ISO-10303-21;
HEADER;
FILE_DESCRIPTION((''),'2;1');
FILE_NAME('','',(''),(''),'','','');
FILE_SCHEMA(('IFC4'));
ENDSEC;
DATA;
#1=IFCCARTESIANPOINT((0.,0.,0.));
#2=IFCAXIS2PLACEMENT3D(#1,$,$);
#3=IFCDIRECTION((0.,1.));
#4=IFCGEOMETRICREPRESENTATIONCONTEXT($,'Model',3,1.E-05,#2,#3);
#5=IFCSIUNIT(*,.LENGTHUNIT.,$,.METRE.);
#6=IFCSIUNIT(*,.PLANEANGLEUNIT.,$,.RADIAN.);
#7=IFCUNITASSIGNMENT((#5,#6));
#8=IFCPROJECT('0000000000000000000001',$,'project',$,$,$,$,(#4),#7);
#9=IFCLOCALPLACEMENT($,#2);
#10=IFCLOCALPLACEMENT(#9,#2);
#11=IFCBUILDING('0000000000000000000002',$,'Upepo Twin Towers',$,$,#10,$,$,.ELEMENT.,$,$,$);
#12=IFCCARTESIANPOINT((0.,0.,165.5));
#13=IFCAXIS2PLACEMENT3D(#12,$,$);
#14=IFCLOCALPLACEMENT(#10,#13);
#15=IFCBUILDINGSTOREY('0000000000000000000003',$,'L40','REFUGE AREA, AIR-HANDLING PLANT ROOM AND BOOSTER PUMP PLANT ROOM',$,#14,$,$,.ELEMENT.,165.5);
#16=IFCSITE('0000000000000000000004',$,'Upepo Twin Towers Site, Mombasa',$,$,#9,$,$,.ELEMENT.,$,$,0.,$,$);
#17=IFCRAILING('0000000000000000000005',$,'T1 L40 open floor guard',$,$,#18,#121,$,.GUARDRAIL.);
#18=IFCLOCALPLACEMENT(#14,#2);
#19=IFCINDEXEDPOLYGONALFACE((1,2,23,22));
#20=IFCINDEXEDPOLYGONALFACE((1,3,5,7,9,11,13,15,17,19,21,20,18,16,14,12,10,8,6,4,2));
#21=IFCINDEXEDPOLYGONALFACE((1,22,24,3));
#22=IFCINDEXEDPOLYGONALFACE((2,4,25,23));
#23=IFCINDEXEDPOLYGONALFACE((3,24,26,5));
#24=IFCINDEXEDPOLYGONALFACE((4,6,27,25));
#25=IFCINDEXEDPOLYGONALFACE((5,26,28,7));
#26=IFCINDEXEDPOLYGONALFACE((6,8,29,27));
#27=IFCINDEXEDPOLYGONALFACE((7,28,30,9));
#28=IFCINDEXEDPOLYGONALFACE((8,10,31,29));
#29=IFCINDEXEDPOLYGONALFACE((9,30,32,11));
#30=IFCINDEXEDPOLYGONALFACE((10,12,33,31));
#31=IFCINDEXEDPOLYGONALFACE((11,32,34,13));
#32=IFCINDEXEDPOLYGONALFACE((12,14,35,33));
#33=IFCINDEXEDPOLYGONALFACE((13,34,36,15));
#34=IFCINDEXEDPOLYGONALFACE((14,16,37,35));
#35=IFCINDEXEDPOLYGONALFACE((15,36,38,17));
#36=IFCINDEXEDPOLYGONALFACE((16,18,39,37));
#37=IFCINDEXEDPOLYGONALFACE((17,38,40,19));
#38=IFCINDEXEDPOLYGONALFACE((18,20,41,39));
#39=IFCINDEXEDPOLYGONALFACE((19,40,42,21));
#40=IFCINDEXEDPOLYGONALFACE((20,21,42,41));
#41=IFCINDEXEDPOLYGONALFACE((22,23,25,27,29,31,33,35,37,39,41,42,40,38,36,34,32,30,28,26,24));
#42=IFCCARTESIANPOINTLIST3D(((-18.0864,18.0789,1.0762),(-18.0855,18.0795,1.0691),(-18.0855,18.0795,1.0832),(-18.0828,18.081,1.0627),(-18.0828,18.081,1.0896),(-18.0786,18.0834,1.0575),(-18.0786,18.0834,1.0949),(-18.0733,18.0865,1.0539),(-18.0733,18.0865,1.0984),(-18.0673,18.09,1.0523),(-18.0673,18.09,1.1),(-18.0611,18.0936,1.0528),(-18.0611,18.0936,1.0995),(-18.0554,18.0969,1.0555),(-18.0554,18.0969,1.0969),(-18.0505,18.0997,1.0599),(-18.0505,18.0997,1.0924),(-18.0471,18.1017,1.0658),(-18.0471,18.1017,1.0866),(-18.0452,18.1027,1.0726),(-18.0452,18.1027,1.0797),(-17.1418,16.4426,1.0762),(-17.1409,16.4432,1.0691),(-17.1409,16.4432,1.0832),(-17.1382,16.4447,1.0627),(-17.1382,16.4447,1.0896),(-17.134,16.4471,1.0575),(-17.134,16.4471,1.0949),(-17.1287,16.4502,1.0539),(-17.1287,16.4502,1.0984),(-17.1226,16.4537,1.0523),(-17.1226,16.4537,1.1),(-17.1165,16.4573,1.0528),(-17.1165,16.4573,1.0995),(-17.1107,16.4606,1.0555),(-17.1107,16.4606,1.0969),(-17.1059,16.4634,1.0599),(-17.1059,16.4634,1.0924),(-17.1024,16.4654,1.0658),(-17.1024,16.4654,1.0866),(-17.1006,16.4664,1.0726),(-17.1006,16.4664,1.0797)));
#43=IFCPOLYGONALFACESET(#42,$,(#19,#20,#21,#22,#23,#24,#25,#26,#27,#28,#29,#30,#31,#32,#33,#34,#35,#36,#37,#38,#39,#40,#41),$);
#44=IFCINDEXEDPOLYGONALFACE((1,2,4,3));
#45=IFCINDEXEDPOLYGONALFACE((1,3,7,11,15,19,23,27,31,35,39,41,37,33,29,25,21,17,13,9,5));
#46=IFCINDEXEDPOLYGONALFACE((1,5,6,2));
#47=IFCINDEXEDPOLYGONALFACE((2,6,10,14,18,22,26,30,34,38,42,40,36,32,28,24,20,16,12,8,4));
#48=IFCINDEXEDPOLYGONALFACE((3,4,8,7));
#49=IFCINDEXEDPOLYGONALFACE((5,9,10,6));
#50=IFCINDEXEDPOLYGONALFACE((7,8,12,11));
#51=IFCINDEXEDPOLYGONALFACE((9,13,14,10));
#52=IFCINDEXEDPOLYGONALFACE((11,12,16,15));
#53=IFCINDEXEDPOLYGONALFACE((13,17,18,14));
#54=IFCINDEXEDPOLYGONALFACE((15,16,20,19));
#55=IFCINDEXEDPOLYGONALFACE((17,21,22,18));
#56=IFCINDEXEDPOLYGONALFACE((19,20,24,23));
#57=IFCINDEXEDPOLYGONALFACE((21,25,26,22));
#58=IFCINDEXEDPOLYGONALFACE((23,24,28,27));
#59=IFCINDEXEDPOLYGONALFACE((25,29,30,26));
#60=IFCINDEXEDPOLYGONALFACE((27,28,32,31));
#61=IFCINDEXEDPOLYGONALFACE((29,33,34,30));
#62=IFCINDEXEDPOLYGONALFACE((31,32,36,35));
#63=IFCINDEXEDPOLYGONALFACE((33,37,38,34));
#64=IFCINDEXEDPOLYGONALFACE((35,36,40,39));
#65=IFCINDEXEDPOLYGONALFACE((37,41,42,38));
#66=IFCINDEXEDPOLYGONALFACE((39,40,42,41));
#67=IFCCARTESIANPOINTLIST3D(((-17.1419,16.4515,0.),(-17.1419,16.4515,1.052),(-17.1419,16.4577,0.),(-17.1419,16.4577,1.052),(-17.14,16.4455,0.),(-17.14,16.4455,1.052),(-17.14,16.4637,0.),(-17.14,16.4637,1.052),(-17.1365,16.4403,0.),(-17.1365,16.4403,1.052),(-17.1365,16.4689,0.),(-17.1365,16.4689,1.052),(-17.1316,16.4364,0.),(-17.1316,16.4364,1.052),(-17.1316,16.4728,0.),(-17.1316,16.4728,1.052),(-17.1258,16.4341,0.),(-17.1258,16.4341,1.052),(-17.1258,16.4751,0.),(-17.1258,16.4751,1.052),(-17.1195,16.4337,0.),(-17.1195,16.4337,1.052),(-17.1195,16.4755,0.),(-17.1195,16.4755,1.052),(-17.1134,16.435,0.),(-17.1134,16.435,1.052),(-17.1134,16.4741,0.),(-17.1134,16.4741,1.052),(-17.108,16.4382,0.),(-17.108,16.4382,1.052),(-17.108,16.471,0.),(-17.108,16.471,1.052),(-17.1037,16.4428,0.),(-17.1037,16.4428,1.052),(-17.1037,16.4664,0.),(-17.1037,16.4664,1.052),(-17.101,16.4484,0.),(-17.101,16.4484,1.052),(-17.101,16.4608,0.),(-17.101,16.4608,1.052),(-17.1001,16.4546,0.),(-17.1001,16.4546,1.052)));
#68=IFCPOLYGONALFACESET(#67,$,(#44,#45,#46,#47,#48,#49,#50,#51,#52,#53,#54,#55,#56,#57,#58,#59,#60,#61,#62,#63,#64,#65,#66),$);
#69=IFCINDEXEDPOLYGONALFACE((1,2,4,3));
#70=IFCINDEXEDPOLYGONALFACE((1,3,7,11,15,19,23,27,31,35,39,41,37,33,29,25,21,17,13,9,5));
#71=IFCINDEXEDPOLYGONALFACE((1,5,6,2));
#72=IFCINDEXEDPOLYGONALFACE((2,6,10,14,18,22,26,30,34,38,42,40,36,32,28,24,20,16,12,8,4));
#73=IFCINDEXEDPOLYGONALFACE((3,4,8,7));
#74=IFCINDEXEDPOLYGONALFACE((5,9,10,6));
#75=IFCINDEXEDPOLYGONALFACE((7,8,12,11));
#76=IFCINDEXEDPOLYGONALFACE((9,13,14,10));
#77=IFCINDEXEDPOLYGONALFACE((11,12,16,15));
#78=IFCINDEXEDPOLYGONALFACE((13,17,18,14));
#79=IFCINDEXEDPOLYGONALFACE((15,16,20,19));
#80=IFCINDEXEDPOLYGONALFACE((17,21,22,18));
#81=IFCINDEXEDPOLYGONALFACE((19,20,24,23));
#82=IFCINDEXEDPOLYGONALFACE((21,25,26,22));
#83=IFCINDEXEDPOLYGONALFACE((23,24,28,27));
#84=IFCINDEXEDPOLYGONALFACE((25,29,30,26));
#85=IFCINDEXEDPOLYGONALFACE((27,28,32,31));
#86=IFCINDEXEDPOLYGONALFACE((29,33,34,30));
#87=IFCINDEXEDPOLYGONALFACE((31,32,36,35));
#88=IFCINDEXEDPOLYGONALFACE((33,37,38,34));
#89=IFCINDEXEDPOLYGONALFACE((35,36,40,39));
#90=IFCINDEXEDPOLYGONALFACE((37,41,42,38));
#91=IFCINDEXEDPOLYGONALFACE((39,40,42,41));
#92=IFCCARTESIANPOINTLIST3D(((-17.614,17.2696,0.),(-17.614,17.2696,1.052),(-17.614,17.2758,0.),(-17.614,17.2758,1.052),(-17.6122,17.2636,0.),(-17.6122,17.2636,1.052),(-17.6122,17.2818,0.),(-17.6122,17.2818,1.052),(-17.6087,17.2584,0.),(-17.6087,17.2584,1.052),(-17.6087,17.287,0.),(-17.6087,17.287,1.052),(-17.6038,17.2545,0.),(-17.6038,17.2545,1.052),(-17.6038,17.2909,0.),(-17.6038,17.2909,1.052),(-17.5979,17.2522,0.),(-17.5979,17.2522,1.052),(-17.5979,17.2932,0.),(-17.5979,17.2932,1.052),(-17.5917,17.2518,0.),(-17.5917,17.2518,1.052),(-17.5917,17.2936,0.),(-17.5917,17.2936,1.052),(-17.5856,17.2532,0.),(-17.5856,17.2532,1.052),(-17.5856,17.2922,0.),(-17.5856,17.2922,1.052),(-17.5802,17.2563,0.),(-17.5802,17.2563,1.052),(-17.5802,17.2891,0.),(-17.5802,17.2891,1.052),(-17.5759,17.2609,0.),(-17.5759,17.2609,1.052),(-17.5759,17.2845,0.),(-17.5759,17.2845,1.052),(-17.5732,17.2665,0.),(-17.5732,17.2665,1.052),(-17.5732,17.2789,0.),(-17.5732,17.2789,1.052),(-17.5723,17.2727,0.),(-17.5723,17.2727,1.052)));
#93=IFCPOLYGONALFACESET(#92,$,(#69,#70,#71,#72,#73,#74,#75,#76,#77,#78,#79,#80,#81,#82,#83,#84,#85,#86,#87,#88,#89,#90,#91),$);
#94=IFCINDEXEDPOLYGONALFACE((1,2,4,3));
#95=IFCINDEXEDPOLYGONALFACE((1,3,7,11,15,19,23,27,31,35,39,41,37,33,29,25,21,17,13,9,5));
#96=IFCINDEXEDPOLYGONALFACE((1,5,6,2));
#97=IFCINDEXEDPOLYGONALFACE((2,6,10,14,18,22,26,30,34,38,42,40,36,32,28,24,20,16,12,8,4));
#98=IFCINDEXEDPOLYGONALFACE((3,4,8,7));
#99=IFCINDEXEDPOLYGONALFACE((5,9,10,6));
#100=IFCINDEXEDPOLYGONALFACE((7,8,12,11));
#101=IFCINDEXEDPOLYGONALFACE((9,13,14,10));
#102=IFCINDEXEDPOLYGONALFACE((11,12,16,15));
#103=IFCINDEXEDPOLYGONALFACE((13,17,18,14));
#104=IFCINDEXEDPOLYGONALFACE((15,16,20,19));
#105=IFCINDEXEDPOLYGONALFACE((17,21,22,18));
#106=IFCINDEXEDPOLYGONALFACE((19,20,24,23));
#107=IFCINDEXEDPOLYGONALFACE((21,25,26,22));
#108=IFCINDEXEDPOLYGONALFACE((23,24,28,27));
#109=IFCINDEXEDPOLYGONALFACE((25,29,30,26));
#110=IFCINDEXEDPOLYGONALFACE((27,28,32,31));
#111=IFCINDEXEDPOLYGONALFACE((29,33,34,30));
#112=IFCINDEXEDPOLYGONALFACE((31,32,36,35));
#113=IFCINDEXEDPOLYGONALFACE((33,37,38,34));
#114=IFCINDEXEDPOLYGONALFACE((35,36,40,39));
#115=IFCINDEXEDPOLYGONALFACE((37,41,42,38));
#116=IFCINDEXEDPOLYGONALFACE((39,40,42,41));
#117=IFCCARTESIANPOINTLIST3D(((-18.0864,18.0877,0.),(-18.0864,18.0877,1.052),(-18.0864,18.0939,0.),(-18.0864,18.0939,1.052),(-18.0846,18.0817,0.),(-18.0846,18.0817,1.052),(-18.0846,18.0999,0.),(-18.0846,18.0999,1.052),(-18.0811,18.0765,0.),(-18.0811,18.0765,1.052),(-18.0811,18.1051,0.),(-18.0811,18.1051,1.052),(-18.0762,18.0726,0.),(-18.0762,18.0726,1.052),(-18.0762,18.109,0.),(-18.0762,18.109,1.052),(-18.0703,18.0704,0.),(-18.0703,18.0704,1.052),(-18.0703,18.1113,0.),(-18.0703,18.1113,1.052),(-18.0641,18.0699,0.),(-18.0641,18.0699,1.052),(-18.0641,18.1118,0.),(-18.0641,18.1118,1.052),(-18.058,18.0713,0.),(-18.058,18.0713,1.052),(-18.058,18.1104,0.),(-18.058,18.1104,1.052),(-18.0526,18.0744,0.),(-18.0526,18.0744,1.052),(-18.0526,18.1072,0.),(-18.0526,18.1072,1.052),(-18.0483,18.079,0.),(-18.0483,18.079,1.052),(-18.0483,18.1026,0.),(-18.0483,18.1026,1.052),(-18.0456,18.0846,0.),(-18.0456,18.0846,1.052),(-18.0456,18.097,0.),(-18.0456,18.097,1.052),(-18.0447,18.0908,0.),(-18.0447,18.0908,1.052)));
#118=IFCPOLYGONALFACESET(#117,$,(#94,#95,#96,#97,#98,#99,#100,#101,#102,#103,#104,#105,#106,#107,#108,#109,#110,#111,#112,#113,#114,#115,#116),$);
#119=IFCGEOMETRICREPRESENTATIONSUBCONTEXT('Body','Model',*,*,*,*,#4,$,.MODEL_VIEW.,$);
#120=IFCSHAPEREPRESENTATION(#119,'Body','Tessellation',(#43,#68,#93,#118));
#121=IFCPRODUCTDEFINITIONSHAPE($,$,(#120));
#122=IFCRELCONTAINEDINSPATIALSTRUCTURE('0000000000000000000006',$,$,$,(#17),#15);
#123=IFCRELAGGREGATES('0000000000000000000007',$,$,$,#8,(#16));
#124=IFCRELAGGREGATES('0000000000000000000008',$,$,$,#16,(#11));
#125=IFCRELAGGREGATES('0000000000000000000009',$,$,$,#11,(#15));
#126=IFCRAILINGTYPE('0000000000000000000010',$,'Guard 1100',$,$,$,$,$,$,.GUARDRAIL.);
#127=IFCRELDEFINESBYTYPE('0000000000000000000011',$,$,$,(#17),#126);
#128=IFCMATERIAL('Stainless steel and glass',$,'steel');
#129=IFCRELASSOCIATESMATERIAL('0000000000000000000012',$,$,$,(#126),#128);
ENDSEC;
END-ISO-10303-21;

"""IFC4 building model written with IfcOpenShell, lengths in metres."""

from ifc_helpers import new_model, si_unit, direction, frame, origin, origin_2d, place, context, subcontext, project, spatial, circle, extrude, material, type_object, element, save


model = new_model("IFC4")

# Units and contexts
model_context = context("Model", 3, precision=1e-05, world=origin(), true_north=direction((0.0, 1.0)))
body_context = subcontext(model_context, "Body", "Model", "MODEL_VIEW")
ifc_project = project(units=[si_unit("LENGTHUNIT", "METRE"), si_unit("PLANEANGLEUNIT", "RADIAN")], contexts=[model_context])

# Site, building, storey
site_placement = place(None, origin())
site = spatial("IfcSite", under=ifc_project, at=site_placement, Name="Upepo Twin Towers Site, Mombasa", CompositionType="ELEMENT", RefElevation=0.0)
building_placement = place(site_placement, origin())
building = spatial("IfcBuilding", under=site, at=building_placement, Name="Upepo Twin Towers", CompositionType="ELEMENT")
storey_placement = place(building_placement, frame((0.0, 0.0, 165.5)))
storey = spatial("IfcBuildingStorey", under=building, at=storey_placement, Name="L40", Description="REFUGE AREA, AIR-HANDLING PLANT ROOM AND BOOSTER PUMP PLANT ROOM", CompositionType="ELEMENT", Elevation=165.5)

# Railing
ifc_material_1 = material(Name="Stainless steel and glass", Category="steel")
railing_type = type_object("IfcRailingType", Name="Guard 1100", PredefinedType="GUARDRAIL", material=ifc_material_1)
railing_1_placement = place(storey_placement, frame((-17.1211, 16.4546, 0.0)))
element("IfcRailing", 1, at=railing_1_placement, inside=storey, type_object=railing_type, Name="T1 L40 open floor guard", PredefinedType="GUARDRAIL", context=body_context, shape_type="SweptSolid", body=[
    extrude(circle(Radius=0.0239, at=origin_2d()), frame((0.0, 0.0, 1.0762), z_axis=(-0.499961, 0.866048, 0.0), x_axis=(-0.866048, -0.499961, 0.0)), (0.0, 0.0, 1.0), 1.8894),
    extrude(circle(Radius=0.021, at=origin_2d()), origin(), (0.0, 0.0, 1.0), 1.052),
    extrude(circle(Radius=0.021, at=origin_2d()), frame((-0.4722, 0.8181, 0.0)), (0.0, 0.0, 1.0), 1.052),
    extrude(circle(Radius=0.021, at=origin_2d()), frame((-0.9446, 1.6362, 0.0)), (0.0, 0.0, 1.0), 1.052),
])

save(model, "model.ifc")
